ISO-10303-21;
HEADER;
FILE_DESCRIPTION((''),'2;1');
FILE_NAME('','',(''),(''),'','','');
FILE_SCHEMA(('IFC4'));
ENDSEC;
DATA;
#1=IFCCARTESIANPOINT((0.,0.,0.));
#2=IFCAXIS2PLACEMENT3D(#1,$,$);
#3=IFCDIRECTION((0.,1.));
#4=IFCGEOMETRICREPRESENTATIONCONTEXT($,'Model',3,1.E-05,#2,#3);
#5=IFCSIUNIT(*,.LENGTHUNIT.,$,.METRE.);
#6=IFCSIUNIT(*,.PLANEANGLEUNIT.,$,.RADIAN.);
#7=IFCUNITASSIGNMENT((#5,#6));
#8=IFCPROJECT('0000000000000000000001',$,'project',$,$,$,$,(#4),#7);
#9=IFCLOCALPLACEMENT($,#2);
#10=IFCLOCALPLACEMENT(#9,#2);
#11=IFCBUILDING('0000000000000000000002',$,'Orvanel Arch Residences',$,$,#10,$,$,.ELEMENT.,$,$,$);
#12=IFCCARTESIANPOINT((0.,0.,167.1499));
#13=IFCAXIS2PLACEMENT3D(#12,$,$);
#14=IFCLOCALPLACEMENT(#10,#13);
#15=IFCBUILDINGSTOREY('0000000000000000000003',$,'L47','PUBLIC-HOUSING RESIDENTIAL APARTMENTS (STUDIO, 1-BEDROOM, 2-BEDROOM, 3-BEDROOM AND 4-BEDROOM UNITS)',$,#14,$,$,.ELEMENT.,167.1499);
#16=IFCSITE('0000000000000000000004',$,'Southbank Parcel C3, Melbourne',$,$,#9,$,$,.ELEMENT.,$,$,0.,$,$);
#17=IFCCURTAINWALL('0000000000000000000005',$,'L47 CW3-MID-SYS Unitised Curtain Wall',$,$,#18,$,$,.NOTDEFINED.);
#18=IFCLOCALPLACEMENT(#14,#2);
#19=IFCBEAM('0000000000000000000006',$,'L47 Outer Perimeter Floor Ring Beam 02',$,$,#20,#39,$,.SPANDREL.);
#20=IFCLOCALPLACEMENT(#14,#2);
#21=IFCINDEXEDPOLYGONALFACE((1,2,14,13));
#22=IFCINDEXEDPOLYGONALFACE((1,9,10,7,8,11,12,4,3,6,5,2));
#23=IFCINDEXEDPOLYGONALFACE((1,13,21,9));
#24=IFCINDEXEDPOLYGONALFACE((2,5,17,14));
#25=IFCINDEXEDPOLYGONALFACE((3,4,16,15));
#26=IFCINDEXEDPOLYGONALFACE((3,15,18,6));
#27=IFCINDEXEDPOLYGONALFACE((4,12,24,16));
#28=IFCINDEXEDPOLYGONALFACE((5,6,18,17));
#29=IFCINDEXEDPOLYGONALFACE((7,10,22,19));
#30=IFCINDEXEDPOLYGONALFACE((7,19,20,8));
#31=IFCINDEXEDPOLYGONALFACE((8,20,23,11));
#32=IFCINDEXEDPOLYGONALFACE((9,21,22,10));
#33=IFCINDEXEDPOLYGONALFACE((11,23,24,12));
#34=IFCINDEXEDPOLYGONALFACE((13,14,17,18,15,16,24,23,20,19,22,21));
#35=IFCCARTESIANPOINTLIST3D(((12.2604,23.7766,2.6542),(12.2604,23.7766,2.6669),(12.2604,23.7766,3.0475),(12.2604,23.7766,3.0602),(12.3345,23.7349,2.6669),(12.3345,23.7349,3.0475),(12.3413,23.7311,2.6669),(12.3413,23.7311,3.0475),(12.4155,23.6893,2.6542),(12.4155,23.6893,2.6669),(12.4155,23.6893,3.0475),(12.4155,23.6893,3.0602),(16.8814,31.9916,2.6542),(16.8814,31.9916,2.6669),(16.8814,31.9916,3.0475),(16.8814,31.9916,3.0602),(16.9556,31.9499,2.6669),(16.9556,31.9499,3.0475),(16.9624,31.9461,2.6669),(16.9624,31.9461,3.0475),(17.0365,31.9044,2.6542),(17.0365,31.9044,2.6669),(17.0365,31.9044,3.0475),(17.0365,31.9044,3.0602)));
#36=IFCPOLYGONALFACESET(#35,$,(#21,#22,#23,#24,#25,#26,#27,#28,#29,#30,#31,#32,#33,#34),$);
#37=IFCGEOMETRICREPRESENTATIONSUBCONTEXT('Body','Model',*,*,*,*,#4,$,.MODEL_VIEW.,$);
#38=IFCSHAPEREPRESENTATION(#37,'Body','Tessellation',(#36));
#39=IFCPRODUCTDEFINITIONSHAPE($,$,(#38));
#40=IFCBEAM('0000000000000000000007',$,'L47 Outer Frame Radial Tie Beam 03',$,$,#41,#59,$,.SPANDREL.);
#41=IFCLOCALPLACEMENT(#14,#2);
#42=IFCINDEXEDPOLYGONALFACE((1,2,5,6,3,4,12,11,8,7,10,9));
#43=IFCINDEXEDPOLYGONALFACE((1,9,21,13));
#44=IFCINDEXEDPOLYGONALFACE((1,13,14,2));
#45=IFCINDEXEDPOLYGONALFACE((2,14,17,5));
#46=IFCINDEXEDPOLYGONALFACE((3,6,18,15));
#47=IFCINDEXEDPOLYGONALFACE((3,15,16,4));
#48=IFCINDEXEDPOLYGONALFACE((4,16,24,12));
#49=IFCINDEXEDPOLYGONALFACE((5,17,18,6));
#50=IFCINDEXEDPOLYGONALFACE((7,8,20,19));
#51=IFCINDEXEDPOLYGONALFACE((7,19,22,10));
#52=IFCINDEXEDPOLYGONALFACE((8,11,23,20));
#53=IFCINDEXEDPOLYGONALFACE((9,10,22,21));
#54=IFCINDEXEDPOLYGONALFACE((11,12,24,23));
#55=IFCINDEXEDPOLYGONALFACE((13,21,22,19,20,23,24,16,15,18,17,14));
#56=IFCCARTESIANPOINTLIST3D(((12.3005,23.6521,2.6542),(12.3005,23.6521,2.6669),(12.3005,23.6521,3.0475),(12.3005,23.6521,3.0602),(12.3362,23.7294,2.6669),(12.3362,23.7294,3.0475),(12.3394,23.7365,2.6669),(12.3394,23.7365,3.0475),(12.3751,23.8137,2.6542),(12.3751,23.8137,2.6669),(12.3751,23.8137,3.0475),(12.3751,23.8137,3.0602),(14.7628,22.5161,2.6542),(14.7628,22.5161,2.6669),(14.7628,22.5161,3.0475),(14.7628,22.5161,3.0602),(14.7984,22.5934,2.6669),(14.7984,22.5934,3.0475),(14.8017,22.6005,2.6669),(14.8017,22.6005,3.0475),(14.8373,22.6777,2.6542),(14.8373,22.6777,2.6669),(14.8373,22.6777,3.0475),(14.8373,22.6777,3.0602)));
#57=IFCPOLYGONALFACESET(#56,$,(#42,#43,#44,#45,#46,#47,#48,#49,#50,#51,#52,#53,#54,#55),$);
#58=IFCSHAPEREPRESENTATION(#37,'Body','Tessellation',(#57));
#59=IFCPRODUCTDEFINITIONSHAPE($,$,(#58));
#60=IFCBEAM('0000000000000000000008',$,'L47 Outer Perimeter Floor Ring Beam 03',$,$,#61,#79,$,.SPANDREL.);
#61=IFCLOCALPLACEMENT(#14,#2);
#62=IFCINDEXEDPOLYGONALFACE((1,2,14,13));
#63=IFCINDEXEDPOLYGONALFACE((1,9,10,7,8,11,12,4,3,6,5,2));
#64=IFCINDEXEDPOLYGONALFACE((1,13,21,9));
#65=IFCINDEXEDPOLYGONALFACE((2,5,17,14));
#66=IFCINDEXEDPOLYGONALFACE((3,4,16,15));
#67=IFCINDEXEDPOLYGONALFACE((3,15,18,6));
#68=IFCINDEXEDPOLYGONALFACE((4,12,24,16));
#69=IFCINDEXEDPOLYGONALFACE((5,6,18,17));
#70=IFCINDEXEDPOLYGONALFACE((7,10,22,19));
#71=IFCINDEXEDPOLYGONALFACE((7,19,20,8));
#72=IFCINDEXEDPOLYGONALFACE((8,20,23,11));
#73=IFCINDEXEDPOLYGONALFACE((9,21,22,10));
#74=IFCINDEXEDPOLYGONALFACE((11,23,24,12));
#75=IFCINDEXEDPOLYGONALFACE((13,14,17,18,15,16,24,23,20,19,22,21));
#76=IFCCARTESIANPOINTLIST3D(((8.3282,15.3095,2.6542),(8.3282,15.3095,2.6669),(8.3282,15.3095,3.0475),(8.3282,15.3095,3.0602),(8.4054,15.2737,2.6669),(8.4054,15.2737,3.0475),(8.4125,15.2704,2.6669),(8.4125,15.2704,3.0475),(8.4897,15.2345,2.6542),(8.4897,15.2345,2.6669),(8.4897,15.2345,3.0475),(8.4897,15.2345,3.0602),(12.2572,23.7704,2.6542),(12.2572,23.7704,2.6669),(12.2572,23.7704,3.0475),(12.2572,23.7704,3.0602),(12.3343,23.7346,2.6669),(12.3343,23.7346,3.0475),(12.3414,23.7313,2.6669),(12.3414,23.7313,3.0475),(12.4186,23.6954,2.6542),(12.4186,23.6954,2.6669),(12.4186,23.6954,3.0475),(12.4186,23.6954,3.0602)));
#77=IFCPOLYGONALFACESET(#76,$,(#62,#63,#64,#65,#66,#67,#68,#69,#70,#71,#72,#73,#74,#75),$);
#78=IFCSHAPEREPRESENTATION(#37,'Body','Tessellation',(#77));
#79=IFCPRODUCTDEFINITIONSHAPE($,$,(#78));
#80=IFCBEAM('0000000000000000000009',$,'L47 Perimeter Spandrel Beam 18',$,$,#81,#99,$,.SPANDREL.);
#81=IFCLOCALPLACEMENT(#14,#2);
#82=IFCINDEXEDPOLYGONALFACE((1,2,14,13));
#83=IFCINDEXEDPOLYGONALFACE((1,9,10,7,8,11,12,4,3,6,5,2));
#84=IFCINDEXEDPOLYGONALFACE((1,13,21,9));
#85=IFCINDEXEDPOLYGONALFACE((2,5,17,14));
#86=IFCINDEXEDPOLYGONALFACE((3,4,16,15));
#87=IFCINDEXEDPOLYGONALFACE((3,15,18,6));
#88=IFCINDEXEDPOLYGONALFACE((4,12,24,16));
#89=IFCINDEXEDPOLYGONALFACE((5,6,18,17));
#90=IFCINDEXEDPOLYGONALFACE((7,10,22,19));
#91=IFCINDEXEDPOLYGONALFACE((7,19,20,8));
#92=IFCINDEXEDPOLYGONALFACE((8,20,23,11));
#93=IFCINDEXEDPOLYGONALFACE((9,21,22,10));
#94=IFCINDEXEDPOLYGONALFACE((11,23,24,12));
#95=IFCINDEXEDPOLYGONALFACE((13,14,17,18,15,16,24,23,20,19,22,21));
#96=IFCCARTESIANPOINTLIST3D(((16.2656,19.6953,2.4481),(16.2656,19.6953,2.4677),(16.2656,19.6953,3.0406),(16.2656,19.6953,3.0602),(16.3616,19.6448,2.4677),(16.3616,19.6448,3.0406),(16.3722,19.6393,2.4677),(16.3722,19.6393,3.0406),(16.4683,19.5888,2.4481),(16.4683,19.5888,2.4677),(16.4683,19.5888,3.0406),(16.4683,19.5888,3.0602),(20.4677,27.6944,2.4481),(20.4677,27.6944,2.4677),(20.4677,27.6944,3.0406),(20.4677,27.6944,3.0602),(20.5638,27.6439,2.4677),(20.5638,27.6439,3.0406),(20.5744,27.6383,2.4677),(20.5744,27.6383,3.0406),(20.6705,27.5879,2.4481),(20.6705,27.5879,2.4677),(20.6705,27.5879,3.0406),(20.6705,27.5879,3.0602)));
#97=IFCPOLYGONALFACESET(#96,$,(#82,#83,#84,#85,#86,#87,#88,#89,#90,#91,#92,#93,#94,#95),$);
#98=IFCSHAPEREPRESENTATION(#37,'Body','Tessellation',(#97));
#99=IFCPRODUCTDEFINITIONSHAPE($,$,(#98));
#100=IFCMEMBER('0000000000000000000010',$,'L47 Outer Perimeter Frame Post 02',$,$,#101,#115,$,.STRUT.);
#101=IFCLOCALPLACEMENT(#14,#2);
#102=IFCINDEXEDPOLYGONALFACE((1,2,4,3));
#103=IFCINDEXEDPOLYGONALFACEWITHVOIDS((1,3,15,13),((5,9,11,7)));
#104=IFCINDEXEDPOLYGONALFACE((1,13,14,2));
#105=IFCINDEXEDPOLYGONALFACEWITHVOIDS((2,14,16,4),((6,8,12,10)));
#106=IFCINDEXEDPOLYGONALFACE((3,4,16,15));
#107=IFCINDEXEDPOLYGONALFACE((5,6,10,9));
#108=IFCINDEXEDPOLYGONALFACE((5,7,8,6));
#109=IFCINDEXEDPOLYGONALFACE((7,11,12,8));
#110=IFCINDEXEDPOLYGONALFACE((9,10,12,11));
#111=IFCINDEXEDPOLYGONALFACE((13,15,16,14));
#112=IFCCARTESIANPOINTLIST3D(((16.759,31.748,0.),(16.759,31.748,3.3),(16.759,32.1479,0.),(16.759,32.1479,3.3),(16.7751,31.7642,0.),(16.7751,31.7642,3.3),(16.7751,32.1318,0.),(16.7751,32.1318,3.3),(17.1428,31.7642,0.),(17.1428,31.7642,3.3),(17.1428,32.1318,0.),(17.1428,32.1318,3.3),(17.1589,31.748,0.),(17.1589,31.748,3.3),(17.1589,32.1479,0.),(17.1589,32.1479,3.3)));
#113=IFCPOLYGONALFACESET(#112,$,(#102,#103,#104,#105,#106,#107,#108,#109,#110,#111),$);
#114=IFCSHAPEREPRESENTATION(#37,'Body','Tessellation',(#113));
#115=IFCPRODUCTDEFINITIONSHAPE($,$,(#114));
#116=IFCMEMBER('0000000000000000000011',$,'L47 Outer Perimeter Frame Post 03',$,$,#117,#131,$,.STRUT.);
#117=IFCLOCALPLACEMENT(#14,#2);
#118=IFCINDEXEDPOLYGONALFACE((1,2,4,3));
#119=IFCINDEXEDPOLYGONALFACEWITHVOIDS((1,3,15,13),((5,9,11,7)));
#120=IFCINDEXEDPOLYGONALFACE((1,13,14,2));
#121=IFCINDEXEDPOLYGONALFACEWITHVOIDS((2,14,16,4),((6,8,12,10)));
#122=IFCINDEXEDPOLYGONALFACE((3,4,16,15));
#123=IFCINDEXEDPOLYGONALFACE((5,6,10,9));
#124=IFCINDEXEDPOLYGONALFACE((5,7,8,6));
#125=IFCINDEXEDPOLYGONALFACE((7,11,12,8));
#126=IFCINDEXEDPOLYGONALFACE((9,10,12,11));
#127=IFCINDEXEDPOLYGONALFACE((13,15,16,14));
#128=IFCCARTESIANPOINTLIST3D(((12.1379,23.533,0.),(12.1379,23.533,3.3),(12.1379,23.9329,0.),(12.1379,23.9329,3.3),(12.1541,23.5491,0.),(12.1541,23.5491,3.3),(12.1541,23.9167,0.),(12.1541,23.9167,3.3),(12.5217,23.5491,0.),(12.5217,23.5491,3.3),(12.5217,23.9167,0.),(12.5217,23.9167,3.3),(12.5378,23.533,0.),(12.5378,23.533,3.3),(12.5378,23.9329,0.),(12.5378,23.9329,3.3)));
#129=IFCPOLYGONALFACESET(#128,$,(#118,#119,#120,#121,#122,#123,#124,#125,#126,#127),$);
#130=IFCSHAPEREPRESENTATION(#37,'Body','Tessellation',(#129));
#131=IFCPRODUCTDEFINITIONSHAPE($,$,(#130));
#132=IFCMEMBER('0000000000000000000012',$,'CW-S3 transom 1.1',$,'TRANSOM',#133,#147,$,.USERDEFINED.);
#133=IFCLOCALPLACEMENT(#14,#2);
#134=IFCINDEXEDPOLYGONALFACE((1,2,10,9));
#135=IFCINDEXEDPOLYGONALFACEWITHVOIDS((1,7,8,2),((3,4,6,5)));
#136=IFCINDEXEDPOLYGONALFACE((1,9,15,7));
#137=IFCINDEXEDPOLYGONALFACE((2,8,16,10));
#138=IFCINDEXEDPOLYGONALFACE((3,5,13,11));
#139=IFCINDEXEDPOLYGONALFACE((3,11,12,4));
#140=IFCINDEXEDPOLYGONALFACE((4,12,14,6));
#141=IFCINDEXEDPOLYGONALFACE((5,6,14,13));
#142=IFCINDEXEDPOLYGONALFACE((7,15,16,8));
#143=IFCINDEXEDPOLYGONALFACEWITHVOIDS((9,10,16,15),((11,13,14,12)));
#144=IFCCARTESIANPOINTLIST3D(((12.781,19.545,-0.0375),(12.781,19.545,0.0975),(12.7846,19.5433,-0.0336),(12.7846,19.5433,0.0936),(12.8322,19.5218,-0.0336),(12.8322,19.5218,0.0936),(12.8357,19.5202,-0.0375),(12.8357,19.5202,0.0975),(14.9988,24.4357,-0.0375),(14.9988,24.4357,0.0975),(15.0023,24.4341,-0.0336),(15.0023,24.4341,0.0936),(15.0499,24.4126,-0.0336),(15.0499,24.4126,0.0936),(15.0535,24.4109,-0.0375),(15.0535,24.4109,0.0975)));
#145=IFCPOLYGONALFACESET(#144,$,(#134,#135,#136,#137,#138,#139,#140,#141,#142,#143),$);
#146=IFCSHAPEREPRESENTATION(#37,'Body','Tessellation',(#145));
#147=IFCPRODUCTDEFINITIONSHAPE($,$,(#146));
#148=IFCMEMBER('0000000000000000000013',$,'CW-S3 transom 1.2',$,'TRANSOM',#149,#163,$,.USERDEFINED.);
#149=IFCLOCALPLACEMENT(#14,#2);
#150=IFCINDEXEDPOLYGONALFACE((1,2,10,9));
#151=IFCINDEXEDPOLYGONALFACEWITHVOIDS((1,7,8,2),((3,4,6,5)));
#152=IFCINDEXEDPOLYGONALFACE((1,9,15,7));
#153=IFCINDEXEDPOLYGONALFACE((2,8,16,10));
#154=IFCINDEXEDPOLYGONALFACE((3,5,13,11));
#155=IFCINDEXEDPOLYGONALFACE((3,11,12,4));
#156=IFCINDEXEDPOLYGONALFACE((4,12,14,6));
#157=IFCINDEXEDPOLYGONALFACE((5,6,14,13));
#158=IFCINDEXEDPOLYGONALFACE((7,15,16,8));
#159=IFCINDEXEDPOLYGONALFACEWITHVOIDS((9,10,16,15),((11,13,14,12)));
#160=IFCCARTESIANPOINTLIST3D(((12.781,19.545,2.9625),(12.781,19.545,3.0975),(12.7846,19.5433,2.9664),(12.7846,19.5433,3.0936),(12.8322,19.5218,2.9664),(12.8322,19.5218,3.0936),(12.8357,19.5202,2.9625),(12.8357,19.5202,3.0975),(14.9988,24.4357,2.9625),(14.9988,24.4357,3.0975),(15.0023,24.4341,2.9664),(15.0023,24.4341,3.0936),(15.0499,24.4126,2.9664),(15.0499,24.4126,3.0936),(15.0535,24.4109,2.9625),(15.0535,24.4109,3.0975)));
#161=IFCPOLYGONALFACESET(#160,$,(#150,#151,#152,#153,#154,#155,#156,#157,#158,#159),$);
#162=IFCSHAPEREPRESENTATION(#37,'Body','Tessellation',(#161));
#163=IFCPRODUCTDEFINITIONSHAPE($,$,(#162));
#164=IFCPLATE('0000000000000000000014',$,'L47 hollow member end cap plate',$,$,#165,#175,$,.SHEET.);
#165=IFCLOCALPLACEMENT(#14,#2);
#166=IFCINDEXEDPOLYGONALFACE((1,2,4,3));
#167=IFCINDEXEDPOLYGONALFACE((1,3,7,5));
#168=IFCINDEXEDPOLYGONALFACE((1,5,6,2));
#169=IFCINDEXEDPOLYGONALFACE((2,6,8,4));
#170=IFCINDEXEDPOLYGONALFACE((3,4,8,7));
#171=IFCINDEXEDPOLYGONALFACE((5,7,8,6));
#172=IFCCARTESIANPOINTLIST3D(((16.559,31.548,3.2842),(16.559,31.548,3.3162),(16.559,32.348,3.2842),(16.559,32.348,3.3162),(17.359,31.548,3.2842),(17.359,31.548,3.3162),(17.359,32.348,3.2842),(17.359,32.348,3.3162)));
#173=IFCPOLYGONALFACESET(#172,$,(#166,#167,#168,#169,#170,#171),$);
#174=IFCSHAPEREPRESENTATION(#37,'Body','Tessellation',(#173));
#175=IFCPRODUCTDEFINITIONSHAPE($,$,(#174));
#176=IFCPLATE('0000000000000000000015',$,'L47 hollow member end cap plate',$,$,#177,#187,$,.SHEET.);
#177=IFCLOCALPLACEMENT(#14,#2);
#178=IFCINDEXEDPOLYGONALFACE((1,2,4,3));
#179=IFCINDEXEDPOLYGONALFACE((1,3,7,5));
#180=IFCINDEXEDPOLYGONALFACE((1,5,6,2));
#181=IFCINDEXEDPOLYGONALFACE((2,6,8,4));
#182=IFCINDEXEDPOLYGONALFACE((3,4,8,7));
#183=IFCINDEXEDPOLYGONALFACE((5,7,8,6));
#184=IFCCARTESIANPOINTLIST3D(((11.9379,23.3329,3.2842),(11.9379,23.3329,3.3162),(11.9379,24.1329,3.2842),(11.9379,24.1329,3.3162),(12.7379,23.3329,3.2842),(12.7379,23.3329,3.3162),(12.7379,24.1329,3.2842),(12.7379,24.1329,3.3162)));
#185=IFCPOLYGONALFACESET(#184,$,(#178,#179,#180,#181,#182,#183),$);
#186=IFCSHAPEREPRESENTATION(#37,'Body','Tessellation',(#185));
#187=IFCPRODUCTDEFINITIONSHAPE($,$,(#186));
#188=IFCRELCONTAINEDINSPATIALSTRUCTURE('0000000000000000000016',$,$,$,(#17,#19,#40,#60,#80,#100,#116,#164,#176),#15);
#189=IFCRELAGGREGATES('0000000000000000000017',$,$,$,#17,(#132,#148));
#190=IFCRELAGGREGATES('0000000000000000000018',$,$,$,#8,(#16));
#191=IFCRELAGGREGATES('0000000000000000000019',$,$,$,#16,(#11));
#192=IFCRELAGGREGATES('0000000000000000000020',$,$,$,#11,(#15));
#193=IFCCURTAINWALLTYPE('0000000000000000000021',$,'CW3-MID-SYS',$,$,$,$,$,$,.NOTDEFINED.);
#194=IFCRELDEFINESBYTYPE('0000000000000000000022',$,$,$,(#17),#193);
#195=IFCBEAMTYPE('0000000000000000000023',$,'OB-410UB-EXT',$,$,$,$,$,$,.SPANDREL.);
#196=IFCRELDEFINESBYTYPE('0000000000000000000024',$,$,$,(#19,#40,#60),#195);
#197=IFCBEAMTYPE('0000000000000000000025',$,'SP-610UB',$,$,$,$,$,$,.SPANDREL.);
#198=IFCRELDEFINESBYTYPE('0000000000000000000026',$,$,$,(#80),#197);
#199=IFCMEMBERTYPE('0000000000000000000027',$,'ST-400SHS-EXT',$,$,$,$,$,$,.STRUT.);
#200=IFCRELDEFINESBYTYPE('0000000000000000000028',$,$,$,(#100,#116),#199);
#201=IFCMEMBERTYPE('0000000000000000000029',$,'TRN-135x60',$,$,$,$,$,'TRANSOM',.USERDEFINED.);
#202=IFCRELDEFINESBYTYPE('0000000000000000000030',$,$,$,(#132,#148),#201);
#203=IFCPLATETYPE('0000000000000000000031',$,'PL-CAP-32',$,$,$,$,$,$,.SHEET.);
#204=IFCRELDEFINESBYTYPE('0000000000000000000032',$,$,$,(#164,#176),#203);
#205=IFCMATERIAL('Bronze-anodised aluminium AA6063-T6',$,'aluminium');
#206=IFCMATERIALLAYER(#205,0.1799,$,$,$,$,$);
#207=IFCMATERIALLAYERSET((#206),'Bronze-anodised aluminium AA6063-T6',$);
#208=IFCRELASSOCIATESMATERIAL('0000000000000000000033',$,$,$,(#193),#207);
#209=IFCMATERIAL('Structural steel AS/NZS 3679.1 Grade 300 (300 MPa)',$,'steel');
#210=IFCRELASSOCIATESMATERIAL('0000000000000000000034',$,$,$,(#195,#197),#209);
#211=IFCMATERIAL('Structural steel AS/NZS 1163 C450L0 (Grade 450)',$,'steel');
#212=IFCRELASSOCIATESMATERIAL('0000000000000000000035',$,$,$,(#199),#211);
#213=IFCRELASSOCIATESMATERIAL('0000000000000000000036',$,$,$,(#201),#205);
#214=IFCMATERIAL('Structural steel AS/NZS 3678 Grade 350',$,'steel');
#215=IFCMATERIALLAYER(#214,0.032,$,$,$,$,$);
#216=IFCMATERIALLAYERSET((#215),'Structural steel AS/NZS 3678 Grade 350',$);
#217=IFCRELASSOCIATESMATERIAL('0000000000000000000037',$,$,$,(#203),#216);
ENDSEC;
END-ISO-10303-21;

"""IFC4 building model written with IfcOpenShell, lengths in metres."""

from ifc_helpers import new_model, si_unit, direction, frame, origin, origin_2d, place, context, subcontext, project, spatial, rectangle, hollow_rectangle, i_section, extrude, material, layer, layer_set, material_profile, profile_set, type_object, element, aggregate, save


model = new_model("IFC4")

# Units and contexts
model_context = context("Model", 3, precision=1e-05, world=origin(), true_north=direction((0.0, 1.0)))
body_context = subcontext(model_context, "Body", "Model", "MODEL_VIEW")
ifc_project = project(units=[si_unit("LENGTHUNIT", "METRE"), si_unit("PLANEANGLEUNIT", "RADIAN")], contexts=[model_context])

# Site, building, storey
site_placement = place(None, origin())
site = spatial("IfcSite", under=ifc_project, at=site_placement, Name="Southbank Parcel C3, Melbourne", CompositionType="ELEMENT", RefElevation=0.0)
building_placement = place(site_placement, origin())
building = spatial("IfcBuilding", under=site, at=building_placement, Name="Orvanel Arch Residences", CompositionType="ELEMENT")
storey_placement = place(building_placement, frame((0.0, 0.0, 167.1499)))
storey = spatial("IfcBuildingStorey", under=building, at=storey_placement, Name="L47", Description="PUBLIC-HOUSING RESIDENTIAL APARTMENTS (STUDIO, 1-BEDROOM, 2-BEDROOM, 3-BEDROOM AND 4-BEDROOM UNITS)", CompositionType="ELEMENT", Elevation=167.1499)

# Shared definitions
ifc_material_1 = material(Name="Structural steel AS/NZS 1163 C450L0 (Grade 450)", Category="steel")

# Shared definitions
ifc_material_2 = material(Name="Structural steel AS/NZS 3679.1 Grade 300 (300 MPa)", Category="steel")

# Curtain wall
ifc_material_3 = material(Name="Bronze-anodised aluminium AA6063-T6", Category="aluminium")
ifc_layer_1 = layer(ifc_material_3, 0.1799)
ifc_layer_set_1 = layer_set([ifc_layer_1], Name="Bronze-anodised aluminium AA6063-T6")
curtain_wall_type = type_object("IfcCurtainWallType", Name="CW3-MID-SYS", PredefinedType="NOTDEFINED", material=ifc_layer_set_1)
curtain_wall_placement = place(storey_placement, origin())
curtain_wall = element("IfcCurtainWall", 1, at=curtain_wall_placement, inside=storey, type_object=curtain_wall_type, Name="L47 CW3-MID-SYS Unitised Curtain Wall", PredefinedType="NOTDEFINED")

# Beams
ifc_material_profile_1 = material_profile(ifc_material_2, i_section(OverallWidth=0.178, OverallDepth=0.406, WebThickness=0.0078, FlangeThickness=0.0127, at=origin_2d()), Name="410UB59.7")
ifc_profile_set_1 = profile_set([ifc_material_profile_1], Name="Structural steel AS/NZS 3679.1 Grade 300 (300 MPa)")
beam_type_1 = type_object("IfcBeamType", Name="OB-410UB-EXT", PredefinedType="SPANDREL", material=ifc_profile_set_1)
beam_1_placement = place(storey_placement, frame((16.959, 31.948, 2.8572), z_axis=(-0.49027, -0.871571, 0.0), x_axis=(0.871571, -0.49027, 0.0)))
element("IfcBeam", 2, at=beam_1_placement, inside=storey, type_object=beam_type_1, Name="L47 Outer Perimeter Floor Ring Beam 02", PredefinedType="SPANDREL", context=body_context, shape_type="SweptSolid", body=[
    extrude(i_section(OverallWidth=0.178, OverallDepth=0.406, WebThickness=0.0078, FlangeThickness=0.0127, at=origin_2d()), origin(), (0.0, 0.0, 1.0), 9.4255),
])
beam_2_placement = place(storey_placement, frame((14.8, 22.5969, 2.8572), z_axis=(-0.908015, 0.418938, 0.0), x_axis=(-0.418938, -0.908015, 0.0)))
element("IfcBeam", 3, at=beam_2_placement, inside=storey, type_object=beam_type_1, Name="L47 Outer Frame Radial Tie Beam 03", PredefinedType="SPANDREL", context=body_context, shape_type="SweptSolid", body=[
    extrude(i_section(OverallWidth=0.178, OverallDepth=0.406, WebThickness=0.0078, FlangeThickness=0.0127, at=origin_2d()), origin(), (0.0, 0.0, 1.0), 2.7117),
])
beam_3_placement = place(storey_placement, frame((12.3379, 23.7329, 2.8572), z_axis=(-0.42117, -0.906982, 0.0), x_axis=(0.906982, -0.42117, 0.0)))
element("IfcBeam", 4, at=beam_3_placement, inside=storey, type_object=beam_type_1, Name="L47 Outer Perimeter Floor Ring Beam 03", PredefinedType="SPANDREL", context=body_context, shape_type="SweptSolid", body=[
    extrude(i_section(OverallWidth=0.178, OverallDepth=0.406, WebThickness=0.0078, FlangeThickness=0.0127, at=origin_2d()), origin(), (0.0, 0.0, 1.0), 9.3286),
])
ifc_material_profile_2 = material_profile(ifc_material_2, i_section(OverallWidth=0.229, OverallDepth=0.6121, WebThickness=0.012, FlangeThickness=0.0195, at=origin_2d()), Name="610UB125")
ifc_profile_set_2 = profile_set([ifc_material_profile_2], Name="Structural steel AS/NZS 3679.1 Grade 300 (300 MPa)")
beam_type_2 = type_object("IfcBeamType", Name="SP-610UB", PredefinedType="SPANDREL", material=ifc_profile_set_2)
beam_4_placement = place(storey_placement, frame((20.5691, 27.6411, 2.7542), z_axis=(-0.465065, -0.885277, 0.0), x_axis=(0.885277, -0.465065, 0.0)))
element("IfcBeam", 5, at=beam_4_placement, inside=storey, type_object=beam_type_2, Name="L47 Perimeter Spandrel Beam 18", PredefinedType="SPANDREL", context=body_context, shape_type="SweptSolid", body=[
    extrude(i_section(OverallWidth=0.229, OverallDepth=0.6121, WebThickness=0.012, FlangeThickness=0.0195, at=origin_2d()), origin(), (0.0, 0.0, 1.0), 9.0356),
])

# Members
ifc_material_profile_3 = material_profile(ifc_material_1, hollow_rectangle(XDim=0.3999, YDim=0.3999, WallThickness=0.0161, at=origin_2d()), Name="SHS400x400x16")
ifc_profile_set_3 = profile_set([ifc_material_profile_3], Name="Structural steel AS/NZS 1163 C450L0 (Grade 450)")
member_type_1 = type_object("IfcMemberType", Name="ST-400SHS-EXT", PredefinedType="STRUT", material=ifc_profile_set_3)
for number, where, z_axis, x_axis, name in (
    (6, (16.959, 31.948, 0.0), (0.0, 0.0, 1.0), (1.0, 0.0, 0.0), "L47 Outer Perimeter Frame Post 02"),
    (7, (12.3379, 23.7329, 0.0), (0.0, 0.0, 1.0), (1.0, 0.0, 0.0), "L47 Outer Perimeter Frame Post 03"),
):
    element("IfcMember", number, at=place(storey_placement, frame(where, z_axis=z_axis, x_axis=x_axis)), inside=storey, type_object=member_type_1, Name=name, PredefinedType="STRUT", context=body_context, shape_type="SweptSolid", body=[
        extrude(hollow_rectangle(XDim=0.3999, YDim=0.3999, WallThickness=0.0161, at=origin_2d()), origin(), (0.0, 0.0, 1.0), 3.3),
    ])

# Members
ifc_material_profile_4 = material_profile(ifc_material_3, hollow_rectangle(XDim=0.0601, YDim=0.135, WallThickness=0.0039, at=origin_2d()), Name="ALU135x60x4")
ifc_profile_set_4 = profile_set([ifc_material_profile_4], Name="Bronze-anodised aluminium AA6063-T6")
member_type_2 = type_object("IfcMemberType", Name="TRN-135x60", ElementType="TRANSOM", PredefinedType="USERDEFINED", material=ifc_profile_set_4)
member_1_placement = place(storey_placement, frame((15.0261, 24.4233, 0.03), z_axis=(-0.412977, -0.910741, 0.0), x_axis=(0.910741, -0.412977, 0.0)))
member_1 = element("IfcMember", 8, at=member_1_placement, type_object=member_type_2, Name="CW-S3 transom 1.1", ObjectType="TRANSOM", PredefinedType="USERDEFINED", context=body_context, shape_type="SweptSolid", body=[
    extrude(hollow_rectangle(XDim=0.0601, YDim=0.135, WallThickness=0.0039, at=origin_2d()), origin(), (0.0, 0.0, 1.0), 5.3701),
])
member_2_placement = place(storey_placement, frame((15.0261, 24.4233, 3.03), z_axis=(-0.412977, -0.910741, 0.0), x_axis=(0.910741, -0.412977, 0.0)))
member_2 = element("IfcMember", 9, at=member_2_placement, type_object=member_type_2, Name="CW-S3 transom 1.2", ObjectType="TRANSOM", PredefinedType="USERDEFINED", context=body_context, shape_type="SweptSolid", body=[
    extrude(hollow_rectangle(XDim=0.0601, YDim=0.135, WallThickness=0.0039, at=origin_2d()), origin(), (0.0, 0.0, 1.0), 5.3701),
])
aggregate(curtain_wall, [member_1, member_2])

# Plates
ifc_material_4 = material(Name="Structural steel AS/NZS 3678 Grade 350", Category="steel")
ifc_layer_2 = layer(ifc_material_4, 0.032)
ifc_layer_set_2 = layer_set([ifc_layer_2], Name="Structural steel AS/NZS 3678 Grade 350")
plate_type = type_object("IfcPlateType", Name="PL-CAP-32", PredefinedType="SHEET", material=ifc_layer_set_2)
for number, where, z_axis, x_axis, name in (
    (10, (16.959, 31.948, 3.2842), (0.0, 0.0, 1.0), (1.0, 0.0, 0.0), "L47 hollow member end cap plate"),
    (11, (12.3379, 23.7329, 3.2842), (0.0, 0.0, 1.0), (1.0, 0.0, 0.0), "L47 hollow member end cap plate"),
):
    element("IfcPlate", number, at=place(storey_placement, frame(where, z_axis=z_axis, x_axis=x_axis)), inside=storey, type_object=plate_type, Name=name, PredefinedType="SHEET", context=body_context, shape_type="SweptSolid", body=[
        extrude(rectangle(XDim=0.8, YDim=0.8, at=origin_2d()), origin(), (0.0, 0.0, 1.0), 0.032),
    ])

save(model, "model.ifc")
